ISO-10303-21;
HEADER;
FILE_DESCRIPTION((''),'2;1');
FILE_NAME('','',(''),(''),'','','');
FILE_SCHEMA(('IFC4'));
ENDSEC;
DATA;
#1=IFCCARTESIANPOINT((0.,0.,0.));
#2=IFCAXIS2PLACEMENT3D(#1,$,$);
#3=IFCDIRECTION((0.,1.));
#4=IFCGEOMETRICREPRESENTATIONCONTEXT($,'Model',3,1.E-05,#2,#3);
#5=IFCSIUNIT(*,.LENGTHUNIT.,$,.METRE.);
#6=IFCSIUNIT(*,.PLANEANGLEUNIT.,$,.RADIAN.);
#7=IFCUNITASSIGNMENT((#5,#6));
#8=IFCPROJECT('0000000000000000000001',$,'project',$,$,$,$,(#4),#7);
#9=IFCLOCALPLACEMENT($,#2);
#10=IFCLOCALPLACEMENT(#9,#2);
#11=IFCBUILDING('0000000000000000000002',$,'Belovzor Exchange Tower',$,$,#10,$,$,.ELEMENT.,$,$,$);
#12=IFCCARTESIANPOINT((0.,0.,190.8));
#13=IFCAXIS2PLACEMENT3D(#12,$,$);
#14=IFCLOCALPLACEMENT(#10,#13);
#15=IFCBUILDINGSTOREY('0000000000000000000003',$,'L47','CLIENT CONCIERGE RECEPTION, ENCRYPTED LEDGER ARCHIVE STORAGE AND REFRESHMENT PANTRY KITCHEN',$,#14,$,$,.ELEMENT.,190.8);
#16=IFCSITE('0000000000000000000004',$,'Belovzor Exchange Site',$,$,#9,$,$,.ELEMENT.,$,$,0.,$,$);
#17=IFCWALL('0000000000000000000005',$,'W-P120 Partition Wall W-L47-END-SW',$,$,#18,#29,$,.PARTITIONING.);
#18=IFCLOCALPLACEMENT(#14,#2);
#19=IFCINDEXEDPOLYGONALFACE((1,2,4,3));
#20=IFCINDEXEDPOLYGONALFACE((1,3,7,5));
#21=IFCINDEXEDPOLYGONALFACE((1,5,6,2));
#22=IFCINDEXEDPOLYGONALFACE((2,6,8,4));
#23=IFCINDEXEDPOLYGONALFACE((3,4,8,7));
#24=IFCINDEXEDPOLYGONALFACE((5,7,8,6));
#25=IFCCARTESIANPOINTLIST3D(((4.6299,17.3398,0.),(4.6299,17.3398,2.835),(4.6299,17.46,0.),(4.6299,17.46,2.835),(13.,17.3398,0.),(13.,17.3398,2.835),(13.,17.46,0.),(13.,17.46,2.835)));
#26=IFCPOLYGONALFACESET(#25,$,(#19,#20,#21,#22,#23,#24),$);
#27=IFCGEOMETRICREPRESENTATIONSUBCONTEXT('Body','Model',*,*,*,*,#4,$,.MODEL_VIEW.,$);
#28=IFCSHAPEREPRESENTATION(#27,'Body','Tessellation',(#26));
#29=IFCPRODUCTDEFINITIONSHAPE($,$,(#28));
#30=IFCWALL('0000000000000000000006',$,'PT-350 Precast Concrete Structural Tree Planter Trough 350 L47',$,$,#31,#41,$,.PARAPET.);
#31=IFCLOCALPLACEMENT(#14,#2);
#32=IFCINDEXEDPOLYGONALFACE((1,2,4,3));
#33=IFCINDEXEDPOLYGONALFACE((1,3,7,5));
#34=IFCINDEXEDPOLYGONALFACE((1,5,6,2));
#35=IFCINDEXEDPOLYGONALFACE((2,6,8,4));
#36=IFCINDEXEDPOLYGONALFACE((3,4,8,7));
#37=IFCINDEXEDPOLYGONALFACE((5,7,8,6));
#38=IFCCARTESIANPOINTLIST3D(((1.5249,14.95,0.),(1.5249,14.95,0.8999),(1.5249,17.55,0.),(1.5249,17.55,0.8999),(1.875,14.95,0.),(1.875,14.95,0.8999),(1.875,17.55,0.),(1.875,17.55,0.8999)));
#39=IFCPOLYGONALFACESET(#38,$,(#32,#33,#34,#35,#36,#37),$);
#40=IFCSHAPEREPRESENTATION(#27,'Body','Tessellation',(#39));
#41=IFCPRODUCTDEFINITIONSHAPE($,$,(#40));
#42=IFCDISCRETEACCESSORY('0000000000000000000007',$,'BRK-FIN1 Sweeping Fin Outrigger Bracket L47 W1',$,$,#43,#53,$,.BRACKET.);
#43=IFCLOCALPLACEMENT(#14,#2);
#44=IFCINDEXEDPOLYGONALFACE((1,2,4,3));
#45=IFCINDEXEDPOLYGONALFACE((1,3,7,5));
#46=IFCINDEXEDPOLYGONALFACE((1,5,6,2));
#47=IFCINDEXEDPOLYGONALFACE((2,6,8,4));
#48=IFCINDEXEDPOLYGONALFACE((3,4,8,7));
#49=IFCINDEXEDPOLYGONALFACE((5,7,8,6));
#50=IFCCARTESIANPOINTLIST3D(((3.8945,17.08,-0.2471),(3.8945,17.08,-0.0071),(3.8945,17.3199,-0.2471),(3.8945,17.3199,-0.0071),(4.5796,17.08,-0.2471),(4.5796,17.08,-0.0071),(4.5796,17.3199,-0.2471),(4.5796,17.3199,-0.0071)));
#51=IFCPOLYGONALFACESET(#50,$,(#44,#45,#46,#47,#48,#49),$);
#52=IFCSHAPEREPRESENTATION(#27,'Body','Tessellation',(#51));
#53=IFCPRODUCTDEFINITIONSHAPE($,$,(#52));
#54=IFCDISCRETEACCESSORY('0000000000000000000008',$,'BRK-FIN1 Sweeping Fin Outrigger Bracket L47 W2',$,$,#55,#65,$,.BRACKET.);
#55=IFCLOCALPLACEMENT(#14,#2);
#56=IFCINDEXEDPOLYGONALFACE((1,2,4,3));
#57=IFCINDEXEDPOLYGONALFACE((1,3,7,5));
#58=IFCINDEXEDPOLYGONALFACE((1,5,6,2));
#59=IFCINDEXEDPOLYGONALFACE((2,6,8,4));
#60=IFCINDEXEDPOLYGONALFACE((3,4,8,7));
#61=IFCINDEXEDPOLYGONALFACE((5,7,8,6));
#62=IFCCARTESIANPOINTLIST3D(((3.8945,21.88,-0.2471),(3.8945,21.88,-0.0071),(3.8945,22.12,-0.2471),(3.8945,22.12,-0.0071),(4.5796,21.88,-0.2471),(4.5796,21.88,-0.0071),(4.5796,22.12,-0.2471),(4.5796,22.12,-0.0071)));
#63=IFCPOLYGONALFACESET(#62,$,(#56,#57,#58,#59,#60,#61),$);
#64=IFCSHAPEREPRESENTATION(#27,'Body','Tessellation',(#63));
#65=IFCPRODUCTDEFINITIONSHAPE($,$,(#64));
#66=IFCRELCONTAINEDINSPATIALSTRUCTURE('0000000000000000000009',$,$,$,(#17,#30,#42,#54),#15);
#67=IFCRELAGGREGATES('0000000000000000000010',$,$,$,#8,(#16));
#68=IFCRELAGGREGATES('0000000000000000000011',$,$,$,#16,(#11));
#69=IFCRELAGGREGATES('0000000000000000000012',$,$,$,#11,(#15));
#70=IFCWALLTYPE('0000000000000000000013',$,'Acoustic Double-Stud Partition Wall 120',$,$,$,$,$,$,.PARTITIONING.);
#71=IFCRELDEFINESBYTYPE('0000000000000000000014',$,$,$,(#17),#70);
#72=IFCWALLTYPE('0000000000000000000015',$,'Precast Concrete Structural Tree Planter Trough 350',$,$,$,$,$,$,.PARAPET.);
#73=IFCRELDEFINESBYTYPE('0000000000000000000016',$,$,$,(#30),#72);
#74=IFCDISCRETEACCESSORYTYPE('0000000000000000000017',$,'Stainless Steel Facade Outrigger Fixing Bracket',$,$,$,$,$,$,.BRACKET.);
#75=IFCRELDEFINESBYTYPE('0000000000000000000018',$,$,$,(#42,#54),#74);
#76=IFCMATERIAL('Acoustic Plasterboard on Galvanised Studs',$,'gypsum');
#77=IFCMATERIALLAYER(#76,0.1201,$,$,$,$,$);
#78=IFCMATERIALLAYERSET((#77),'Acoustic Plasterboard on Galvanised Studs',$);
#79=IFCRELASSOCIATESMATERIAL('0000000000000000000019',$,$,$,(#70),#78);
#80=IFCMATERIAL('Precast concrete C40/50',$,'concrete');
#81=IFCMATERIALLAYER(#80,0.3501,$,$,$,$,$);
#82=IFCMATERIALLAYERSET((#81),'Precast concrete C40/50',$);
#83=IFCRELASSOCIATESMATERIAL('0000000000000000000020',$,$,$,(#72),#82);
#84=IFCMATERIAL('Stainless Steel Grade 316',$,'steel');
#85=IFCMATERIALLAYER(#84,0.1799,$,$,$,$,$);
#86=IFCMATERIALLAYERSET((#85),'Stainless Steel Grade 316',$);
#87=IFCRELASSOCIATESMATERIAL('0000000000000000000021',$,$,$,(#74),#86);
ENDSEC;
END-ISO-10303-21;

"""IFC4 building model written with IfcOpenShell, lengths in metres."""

from ifc_helpers import new_model, si_unit, direction, frame, frame_2d, origin, origin_2d, place, context, subcontext, project, spatial, rectangle, extrude, material, layer, layer_set, type_object, element, save


model = new_model("IFC4")

# Units and contexts
model_context = context("Model", 3, precision=1e-05, world=origin(), true_north=direction((0.0, 1.0)))
body_context = subcontext(model_context, "Body", "Model", "MODEL_VIEW")
ifc_project = project(units=[si_unit("LENGTHUNIT", "METRE"), si_unit("PLANEANGLEUNIT", "RADIAN")], contexts=[model_context])

# Site, building, storey
site_placement = place(None, origin())
site = spatial("IfcSite", under=ifc_project, at=site_placement, Name="Belovzor Exchange Site", CompositionType="ELEMENT", RefElevation=0.0)
building_placement = place(site_placement, origin())
building = spatial("IfcBuilding", under=site, at=building_placement, Name="Belovzor Exchange Tower", CompositionType="ELEMENT")
storey_placement = place(building_placement, frame((0.0, 0.0, 190.8)))
storey = spatial("IfcBuildingStorey", under=building, at=storey_placement, Name="L47", Description="CLIENT CONCIERGE RECEPTION, ENCRYPTED LEDGER ARCHIVE STORAGE AND REFRESHMENT PANTRY KITCHEN", CompositionType="ELEMENT", Elevation=190.8)

# Shared definitions
ifc_material_1 = material(Name="Acoustic Plasterboard on Galvanised Studs", Category="gypsum")
ifc_layer_1 = layer(ifc_material_1, 0.1201)
ifc_layer_set_1 = layer_set([ifc_layer_1], Name="Acoustic Plasterboard on Galvanised Studs")
wall_type_1 = type_object("IfcWallType", Name="Acoustic Double-Stud Partition Wall 120", PredefinedType="PARTITIONING", material=ifc_layer_set_1)

# Walls
wall_1_placement = place(storey_placement, frame((4.6299, 17.3999, 0.0), z_axis=(0.0, 0.0, 1.0), x_axis=(1.0, 0.0, 0.0)))
element("IfcWall", 1, at=wall_1_placement, inside=storey, type_object=wall_type_1, Name="W-P120 Partition Wall W-L47-END-SW", PredefinedType="PARTITIONING", context=body_context, shape_type="SweptSolid", body=[
    extrude(rectangle(XDim=8.3701, YDim=0.1201, at=frame_2d((4.1851, 0.0))), origin(), (0.0, 0.0, 1.0), 2.835),
])
ifc_material_2 = material(Name="Precast concrete C40/50", Category="concrete")
ifc_layer_2 = layer(ifc_material_2, 0.3501)
ifc_layer_set_2 = layer_set([ifc_layer_2], Name="Precast concrete C40/50")
wall_type_2 = type_object("IfcWallType", Name="Precast Concrete Structural Tree Planter Trough 350", PredefinedType="PARAPET", material=ifc_layer_set_2)
wall_2_placement = place(storey_placement, frame((1.7, 14.95, 0.0), z_axis=(0.0, 0.0, 1.0), x_axis=(0.0, 1.0, 0.0)))
element("IfcWall", 2, at=wall_2_placement, inside=storey, type_object=wall_type_2, Name="PT-350 Precast Concrete Structural Tree Planter Trough 350 L47", PredefinedType="PARAPET", context=body_context, shape_type="SweptSolid", body=[
    extrude(rectangle(XDim=2.6001, YDim=0.3501, at=frame_2d((1.3, 0.0))), origin(), (0.0, 0.0, 1.0), 0.8999),
])

# Discrete accessories
ifc_material_3 = material(Name="Stainless Steel Grade 316", Category="steel")
ifc_layer_3 = layer(ifc_material_3, 0.1799)
ifc_layer_set_3 = layer_set([ifc_layer_3], Name="Stainless Steel Grade 316")
discrete_accessory_type = type_object("IfcDiscreteAccessoryType", Name="Stainless Steel Facade Outrigger Fixing Bracket", PredefinedType="BRACKET", material=ifc_layer_set_3)
for number, where, z_axis, x_axis, name in (
    (3, (4.2371, 17.2, -0.2471), (0.0, 0.0, 1.0), (1.0, 0.0, 0.0), "BRK-FIN1 Sweeping Fin Outrigger Bracket L47 W1"),
    (4, (4.2371, 22.0, -0.2471), (0.0, 0.0, 1.0), (1.0, 0.0, 0.0), "BRK-FIN1 Sweeping Fin Outrigger Bracket L47 W2"),
):
    element("IfcDiscreteAccessory", number, at=place(storey_placement, frame(where, z_axis=z_axis, x_axis=x_axis)), inside=storey, type_object=discrete_accessory_type, Name=name, PredefinedType="BRACKET", context=body_context, shape_type="SweptSolid", body=[
        extrude(rectangle(XDim=0.6851, YDim=0.24, at=origin_2d()), origin(), (0.0, 0.0, 1.0), 0.24),
    ])

save(model, "model.ifc")
